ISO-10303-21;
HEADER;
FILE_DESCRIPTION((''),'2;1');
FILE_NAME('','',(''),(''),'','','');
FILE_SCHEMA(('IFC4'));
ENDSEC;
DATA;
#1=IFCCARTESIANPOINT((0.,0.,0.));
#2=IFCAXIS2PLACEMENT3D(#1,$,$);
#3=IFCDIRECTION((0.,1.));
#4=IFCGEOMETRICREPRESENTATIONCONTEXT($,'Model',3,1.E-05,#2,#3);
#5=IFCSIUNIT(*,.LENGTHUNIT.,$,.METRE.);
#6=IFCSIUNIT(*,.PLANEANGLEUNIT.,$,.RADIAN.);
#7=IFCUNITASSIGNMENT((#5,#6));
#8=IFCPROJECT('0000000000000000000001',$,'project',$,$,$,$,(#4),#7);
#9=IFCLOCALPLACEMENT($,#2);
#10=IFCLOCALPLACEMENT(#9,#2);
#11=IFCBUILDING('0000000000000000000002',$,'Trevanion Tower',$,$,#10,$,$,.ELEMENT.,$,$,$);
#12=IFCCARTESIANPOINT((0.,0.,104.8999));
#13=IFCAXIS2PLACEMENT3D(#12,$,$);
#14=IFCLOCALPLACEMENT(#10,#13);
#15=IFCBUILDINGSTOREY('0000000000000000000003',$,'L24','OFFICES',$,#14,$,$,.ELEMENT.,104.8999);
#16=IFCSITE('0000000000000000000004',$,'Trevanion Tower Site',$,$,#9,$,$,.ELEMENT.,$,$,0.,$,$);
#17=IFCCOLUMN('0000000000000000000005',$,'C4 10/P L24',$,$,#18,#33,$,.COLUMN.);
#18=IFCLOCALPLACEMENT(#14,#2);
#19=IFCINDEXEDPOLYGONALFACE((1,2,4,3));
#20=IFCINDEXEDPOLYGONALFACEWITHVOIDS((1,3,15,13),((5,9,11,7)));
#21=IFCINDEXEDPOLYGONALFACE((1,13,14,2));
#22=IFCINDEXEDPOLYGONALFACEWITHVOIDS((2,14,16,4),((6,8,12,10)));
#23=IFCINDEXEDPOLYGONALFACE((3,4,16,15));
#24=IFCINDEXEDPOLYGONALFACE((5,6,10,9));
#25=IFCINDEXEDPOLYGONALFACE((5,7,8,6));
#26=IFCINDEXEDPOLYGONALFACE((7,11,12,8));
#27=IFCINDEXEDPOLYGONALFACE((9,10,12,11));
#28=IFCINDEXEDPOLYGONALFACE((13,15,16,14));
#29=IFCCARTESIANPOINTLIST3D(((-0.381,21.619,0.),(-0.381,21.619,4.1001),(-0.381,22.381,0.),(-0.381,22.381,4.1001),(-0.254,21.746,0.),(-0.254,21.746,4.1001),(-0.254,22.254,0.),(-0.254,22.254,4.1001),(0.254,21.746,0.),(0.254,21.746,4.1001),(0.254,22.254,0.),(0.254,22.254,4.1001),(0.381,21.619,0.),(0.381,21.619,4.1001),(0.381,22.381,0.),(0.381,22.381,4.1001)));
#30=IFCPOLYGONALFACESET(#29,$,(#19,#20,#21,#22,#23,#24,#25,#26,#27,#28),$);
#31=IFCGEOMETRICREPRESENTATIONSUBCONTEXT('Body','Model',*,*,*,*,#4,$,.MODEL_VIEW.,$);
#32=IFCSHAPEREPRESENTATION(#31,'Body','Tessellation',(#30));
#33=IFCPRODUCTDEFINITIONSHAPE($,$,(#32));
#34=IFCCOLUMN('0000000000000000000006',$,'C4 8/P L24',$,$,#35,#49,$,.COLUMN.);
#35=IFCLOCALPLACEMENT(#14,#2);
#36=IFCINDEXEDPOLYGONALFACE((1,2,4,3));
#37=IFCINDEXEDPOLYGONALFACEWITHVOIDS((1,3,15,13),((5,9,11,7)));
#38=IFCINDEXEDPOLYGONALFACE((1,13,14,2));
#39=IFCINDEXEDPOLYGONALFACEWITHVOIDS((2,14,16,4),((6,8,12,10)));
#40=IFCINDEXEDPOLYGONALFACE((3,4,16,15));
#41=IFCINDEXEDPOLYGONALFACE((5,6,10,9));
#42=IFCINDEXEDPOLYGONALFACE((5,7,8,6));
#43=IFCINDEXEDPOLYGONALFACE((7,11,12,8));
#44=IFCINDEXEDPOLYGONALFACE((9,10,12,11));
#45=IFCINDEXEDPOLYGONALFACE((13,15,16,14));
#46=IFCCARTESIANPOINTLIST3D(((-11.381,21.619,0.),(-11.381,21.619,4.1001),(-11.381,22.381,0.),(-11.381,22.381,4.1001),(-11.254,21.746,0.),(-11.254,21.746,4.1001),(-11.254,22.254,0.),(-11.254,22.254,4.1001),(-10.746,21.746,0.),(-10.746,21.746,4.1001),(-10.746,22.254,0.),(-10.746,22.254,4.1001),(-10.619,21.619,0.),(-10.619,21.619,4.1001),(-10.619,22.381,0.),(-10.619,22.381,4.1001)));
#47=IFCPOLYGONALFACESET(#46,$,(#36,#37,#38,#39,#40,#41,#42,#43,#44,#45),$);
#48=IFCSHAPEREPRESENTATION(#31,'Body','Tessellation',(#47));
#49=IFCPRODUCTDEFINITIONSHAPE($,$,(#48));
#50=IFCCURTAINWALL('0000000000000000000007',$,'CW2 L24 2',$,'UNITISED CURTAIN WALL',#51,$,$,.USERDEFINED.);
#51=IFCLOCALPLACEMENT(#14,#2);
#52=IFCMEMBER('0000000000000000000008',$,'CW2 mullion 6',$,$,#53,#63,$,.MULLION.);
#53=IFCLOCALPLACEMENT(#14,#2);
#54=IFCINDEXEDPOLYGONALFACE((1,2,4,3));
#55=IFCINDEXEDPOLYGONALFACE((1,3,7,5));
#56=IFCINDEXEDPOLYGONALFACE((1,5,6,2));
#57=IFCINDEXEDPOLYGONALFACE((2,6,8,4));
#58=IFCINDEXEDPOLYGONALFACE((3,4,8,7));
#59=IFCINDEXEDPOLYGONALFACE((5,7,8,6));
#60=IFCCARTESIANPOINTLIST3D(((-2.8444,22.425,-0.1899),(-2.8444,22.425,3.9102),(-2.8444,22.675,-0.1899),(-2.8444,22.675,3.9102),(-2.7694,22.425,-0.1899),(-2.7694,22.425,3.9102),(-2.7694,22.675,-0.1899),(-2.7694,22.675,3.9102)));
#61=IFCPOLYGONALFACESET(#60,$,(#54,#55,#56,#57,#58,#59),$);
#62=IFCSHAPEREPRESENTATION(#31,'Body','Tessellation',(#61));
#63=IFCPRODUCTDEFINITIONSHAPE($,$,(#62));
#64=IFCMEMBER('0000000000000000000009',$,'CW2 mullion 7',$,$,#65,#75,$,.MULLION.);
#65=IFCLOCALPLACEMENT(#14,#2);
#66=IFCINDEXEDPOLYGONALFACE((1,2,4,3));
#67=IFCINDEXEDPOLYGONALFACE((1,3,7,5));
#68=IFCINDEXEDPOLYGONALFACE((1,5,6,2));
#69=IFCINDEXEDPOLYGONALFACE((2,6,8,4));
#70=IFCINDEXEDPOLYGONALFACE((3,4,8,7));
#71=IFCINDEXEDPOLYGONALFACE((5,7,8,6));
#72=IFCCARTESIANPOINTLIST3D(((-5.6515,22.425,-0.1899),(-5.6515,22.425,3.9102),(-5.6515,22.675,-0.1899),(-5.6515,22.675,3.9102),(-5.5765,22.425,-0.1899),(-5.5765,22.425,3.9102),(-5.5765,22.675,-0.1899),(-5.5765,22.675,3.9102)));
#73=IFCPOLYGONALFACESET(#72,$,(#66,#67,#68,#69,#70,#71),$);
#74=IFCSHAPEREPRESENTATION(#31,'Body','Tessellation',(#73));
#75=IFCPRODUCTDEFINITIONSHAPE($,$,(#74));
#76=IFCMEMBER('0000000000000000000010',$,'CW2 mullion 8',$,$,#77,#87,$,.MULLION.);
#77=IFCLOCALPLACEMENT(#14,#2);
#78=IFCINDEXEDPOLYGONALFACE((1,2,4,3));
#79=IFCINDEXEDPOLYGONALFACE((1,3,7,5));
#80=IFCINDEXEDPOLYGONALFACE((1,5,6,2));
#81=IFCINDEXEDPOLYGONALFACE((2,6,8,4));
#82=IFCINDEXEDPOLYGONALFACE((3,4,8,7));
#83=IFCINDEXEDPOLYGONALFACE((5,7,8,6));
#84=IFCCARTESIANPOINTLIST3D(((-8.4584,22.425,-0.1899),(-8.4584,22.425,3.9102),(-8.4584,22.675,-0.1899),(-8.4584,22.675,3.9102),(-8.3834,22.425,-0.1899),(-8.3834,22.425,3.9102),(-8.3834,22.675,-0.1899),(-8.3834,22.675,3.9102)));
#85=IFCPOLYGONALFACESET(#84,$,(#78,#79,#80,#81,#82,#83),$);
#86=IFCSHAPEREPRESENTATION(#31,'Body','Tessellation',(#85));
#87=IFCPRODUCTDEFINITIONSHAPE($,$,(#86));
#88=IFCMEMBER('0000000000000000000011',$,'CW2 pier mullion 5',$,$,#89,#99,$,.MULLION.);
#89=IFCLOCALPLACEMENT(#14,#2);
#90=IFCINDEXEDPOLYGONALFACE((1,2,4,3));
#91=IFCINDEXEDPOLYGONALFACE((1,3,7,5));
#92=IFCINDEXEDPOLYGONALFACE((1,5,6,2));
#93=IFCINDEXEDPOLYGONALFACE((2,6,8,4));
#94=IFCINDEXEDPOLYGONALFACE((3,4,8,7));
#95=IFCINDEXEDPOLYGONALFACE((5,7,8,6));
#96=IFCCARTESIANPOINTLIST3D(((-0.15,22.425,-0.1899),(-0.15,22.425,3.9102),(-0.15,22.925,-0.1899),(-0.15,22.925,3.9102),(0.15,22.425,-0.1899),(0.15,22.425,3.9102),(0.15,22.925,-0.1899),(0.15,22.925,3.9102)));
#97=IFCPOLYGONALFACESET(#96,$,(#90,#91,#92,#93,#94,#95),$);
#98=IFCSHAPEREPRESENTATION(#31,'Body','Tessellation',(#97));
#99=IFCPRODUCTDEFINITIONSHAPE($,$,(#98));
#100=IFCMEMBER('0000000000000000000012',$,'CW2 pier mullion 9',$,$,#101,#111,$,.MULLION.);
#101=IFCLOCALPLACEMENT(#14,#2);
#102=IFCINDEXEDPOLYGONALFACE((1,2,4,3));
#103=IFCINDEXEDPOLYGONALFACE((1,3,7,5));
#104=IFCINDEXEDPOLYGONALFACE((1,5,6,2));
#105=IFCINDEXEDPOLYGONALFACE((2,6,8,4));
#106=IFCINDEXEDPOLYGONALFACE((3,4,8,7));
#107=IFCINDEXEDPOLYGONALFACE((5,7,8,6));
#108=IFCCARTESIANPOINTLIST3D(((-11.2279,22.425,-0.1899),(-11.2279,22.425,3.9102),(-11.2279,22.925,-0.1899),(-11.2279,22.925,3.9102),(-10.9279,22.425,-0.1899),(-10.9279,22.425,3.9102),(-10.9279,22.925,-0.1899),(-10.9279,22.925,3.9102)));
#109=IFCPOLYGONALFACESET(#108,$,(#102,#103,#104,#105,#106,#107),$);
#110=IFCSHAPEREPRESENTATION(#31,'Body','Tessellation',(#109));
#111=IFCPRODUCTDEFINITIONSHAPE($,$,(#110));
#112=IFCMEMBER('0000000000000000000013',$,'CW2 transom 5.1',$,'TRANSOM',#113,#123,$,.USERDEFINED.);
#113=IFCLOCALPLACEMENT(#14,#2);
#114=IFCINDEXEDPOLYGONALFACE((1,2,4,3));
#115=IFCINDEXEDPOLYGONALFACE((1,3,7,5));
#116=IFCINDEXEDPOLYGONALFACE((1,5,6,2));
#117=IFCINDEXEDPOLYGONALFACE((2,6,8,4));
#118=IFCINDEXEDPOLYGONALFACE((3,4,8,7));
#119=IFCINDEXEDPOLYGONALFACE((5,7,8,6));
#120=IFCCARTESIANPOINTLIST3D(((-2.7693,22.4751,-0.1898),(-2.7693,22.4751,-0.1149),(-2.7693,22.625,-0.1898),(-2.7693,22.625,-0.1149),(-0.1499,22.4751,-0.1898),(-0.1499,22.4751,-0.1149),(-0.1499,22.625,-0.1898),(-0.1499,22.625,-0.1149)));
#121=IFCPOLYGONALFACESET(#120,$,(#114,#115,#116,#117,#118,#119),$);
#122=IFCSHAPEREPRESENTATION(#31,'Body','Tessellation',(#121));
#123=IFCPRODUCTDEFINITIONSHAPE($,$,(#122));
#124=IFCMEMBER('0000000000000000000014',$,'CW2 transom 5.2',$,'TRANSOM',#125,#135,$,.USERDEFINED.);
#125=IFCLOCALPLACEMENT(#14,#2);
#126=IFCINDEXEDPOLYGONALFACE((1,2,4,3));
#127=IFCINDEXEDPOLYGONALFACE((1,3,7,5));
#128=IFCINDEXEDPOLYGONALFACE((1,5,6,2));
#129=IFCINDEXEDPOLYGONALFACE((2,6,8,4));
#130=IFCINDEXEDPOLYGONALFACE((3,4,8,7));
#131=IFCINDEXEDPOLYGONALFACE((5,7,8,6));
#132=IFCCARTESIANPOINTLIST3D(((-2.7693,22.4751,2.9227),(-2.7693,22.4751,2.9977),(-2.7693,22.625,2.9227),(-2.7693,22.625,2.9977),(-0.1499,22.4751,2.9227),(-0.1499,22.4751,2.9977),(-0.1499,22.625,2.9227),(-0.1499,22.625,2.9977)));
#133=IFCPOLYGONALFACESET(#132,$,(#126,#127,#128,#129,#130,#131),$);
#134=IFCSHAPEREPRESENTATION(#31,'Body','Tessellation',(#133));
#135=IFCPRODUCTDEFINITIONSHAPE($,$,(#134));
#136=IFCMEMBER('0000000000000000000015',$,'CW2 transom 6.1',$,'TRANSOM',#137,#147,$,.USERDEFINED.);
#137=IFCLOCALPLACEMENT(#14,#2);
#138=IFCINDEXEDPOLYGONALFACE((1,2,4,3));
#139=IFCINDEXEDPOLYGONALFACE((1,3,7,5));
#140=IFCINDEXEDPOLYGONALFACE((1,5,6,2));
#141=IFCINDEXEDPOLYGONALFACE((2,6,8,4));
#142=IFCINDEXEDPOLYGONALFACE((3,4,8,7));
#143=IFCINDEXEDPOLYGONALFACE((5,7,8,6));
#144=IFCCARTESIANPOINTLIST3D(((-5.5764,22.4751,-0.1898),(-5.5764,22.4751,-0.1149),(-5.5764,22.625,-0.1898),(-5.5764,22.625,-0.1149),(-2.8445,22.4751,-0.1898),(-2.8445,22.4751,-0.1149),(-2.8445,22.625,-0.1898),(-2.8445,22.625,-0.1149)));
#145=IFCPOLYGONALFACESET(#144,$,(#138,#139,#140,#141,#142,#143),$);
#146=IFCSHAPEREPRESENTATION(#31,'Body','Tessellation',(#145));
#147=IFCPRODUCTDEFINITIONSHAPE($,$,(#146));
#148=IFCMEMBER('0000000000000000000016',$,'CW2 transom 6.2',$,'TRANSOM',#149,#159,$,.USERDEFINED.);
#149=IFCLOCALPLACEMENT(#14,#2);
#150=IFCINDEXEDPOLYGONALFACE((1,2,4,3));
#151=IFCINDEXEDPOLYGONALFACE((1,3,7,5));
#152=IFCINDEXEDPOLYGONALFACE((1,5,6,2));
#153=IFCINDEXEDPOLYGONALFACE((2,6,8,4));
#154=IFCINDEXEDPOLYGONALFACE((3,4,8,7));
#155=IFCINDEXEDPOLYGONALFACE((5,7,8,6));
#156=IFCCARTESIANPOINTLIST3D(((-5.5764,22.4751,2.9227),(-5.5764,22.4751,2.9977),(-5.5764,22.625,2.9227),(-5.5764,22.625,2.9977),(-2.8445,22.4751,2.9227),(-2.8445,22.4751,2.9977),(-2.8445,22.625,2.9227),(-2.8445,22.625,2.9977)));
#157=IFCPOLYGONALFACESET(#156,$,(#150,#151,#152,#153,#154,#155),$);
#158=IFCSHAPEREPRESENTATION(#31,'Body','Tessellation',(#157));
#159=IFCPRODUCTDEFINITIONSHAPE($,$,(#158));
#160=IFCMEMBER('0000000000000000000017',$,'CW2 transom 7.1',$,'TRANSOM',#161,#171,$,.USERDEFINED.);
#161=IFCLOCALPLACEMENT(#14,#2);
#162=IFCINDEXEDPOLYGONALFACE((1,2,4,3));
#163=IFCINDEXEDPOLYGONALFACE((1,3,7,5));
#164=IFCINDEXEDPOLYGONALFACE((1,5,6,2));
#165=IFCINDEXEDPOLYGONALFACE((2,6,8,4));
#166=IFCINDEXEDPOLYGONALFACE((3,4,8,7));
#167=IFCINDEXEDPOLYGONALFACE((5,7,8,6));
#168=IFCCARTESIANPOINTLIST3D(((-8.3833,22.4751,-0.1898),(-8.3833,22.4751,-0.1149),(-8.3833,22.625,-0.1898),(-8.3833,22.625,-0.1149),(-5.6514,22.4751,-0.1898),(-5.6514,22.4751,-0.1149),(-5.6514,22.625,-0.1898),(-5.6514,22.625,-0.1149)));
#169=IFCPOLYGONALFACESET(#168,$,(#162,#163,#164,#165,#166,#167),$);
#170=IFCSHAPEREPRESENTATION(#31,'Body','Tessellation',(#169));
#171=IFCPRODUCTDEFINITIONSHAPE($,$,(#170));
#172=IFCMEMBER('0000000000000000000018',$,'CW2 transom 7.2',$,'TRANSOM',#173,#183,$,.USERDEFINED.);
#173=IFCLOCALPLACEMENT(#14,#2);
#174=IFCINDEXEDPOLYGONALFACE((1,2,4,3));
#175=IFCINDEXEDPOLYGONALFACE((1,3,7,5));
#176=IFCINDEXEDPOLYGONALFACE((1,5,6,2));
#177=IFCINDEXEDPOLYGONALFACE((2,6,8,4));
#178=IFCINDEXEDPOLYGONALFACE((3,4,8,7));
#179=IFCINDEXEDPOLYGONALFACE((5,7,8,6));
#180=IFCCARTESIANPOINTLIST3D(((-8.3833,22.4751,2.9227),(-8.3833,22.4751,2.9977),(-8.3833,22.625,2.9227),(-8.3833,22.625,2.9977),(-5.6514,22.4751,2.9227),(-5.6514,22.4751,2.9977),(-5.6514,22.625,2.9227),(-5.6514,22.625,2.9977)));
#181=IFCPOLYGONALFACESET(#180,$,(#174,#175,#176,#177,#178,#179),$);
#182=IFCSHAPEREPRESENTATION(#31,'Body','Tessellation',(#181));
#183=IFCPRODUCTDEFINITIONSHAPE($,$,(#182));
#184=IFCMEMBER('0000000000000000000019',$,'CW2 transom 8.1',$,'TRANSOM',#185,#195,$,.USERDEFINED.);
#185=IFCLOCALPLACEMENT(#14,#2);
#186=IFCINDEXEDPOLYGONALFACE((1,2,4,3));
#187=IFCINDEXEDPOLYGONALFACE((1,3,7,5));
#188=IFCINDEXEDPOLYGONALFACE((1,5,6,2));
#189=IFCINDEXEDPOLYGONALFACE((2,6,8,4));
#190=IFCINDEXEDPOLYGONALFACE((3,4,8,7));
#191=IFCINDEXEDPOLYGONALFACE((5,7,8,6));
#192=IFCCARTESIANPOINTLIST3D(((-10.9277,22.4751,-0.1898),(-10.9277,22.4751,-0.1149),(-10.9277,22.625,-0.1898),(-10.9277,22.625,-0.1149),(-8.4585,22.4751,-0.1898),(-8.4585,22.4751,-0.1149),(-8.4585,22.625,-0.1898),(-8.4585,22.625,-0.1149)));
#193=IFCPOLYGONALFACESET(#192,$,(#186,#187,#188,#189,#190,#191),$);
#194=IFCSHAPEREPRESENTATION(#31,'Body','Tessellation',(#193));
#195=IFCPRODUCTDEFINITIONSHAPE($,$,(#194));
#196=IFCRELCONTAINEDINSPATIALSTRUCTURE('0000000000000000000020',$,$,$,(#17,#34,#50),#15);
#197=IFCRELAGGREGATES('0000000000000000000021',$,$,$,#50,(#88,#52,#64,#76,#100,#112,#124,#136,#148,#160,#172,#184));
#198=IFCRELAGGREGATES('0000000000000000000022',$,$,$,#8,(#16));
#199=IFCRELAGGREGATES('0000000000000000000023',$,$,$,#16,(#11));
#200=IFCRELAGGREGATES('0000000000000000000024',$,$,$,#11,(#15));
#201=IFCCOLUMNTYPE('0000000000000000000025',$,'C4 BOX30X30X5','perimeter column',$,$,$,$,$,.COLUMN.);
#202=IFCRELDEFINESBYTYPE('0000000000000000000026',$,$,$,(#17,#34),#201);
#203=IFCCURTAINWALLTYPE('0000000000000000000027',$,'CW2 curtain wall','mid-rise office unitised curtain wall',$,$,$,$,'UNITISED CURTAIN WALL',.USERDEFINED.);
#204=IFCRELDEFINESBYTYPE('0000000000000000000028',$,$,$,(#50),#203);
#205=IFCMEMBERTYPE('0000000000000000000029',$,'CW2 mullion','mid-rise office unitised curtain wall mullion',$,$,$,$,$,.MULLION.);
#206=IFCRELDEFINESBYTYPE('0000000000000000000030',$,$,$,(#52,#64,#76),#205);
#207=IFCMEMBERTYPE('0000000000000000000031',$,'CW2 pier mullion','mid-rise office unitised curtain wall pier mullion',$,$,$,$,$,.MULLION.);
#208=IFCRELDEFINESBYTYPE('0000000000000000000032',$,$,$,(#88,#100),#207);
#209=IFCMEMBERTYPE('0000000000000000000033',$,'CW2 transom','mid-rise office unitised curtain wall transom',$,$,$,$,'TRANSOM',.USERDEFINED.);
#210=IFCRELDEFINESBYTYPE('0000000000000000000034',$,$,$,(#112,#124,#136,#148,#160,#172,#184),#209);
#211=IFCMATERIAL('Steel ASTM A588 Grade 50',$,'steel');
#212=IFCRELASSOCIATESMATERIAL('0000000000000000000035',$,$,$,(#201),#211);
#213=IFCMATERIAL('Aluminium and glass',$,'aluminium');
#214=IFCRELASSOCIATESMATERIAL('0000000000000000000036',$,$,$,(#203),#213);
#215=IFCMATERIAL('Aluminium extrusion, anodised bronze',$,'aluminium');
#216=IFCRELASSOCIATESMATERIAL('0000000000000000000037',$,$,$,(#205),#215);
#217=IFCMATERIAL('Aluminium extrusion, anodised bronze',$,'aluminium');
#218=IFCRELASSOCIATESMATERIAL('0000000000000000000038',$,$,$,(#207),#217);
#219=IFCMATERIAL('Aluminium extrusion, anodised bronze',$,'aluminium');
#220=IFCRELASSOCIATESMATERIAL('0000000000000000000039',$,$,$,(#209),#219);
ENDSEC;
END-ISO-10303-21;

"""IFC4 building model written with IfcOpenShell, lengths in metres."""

from ifc_helpers import new_model, si_unit, direction, frame, origin, origin_2d, place, context, subcontext, project, spatial, rectangle, hollow_rectangle, extrude, material, material_profile, profile_set, type_object, element, aggregate, save


model = new_model("IFC4")

# Units and contexts
model_context = context("Model", 3, precision=1e-05, world=origin(), true_north=direction((0.0, 1.0)))
body_context = subcontext(model_context, "Body", "Model", "MODEL_VIEW")
ifc_project = project(units=[si_unit("LENGTHUNIT", "METRE"), si_unit("PLANEANGLEUNIT", "RADIAN")], contexts=[model_context])

# Site, building, storey
site_placement = place(None, origin())
site = spatial("IfcSite", under=ifc_project, at=site_placement, Name="Trevanion Tower Site", CompositionType="ELEMENT", RefElevation=0.0)
building_placement = place(site_placement, origin())
building = spatial("IfcBuilding", under=site, at=building_placement, Name="Trevanion Tower", CompositionType="ELEMENT")
storey_placement = place(building_placement, frame((0.0, 0.0, 104.8999)))
storey = spatial("IfcBuildingStorey", under=building, at=storey_placement, Name="L24", Description="OFFICES", CompositionType="ELEMENT", Elevation=104.8999)

# Columns
ifc_material_1 = material(Name="Steel ASTM A588 Grade 50", Category="steel")
ifc_material_profile_1 = material_profile(ifc_material_1, hollow_rectangle(XDim=0.762, YDim=0.762, WallThickness=0.127, at=origin_2d()), Name="BOX30X30X5")
ifc_profile_set_1 = profile_set([ifc_material_profile_1], Name="Steel ASTM A588 Grade 50")
column_type = type_object("IfcColumnType", Name="C4 BOX30X30X5", Description="perimeter column", PredefinedType="COLUMN", material=ifc_profile_set_1)
for number, where, z_axis, x_axis, name in (
    (1, (0.0, 22.0, 0.0), (0.0, 0.0, 1.0), (1.0, 0.0, 0.0), "C4 10/P L24"),
    (2, (-11.0, 22.0, 0.0), (0.0, 0.0, 1.0), (1.0, 0.0, 0.0), "C4 8/P L24"),
):
    element("IfcColumn", number, at=place(storey_placement, frame(where, z_axis=z_axis, x_axis=x_axis)), inside=storey, type_object=column_type, Name=name, PredefinedType="COLUMN", context=body_context, shape_type="SweptSolid", body=[
        extrude(hollow_rectangle(XDim=0.762, YDim=0.762, WallThickness=0.127, at=origin_2d()), origin(), (0.0, 0.0, 1.0), 4.1001),
    ])

# Curtain wall, members
ifc_material_2 = material(Name="Aluminium and glass", Category="aluminium")
curtain_wall_type = type_object("IfcCurtainWallType", Name="CW2 curtain wall", Description="mid-rise office unitised curtain wall", ElementType="UNITISED CURTAIN WALL", PredefinedType="USERDEFINED", material=ifc_material_2)
curtain_wall_placement = place(storey_placement, origin())
curtain_wall = element("IfcCurtainWall", 3, at=curtain_wall_placement, inside=storey, type_object=curtain_wall_type, Name="CW2 L24 2", ObjectType="UNITISED CURTAIN WALL", PredefinedType="USERDEFINED")
ifc_material_3 = material(Name="Aluminium extrusion, anodised bronze", Category="aluminium")
ifc_material_profile_2 = material_profile(ifc_material_3, rectangle(XDim=0.075, YDim=0.25, at=origin_2d()), Name="CW2 mullion")
ifc_profile_set_2 = profile_set([ifc_material_profile_2], Name="Aluminium extrusion, anodised bronze")
member_type_1 = type_object("IfcMemberType", Name="CW2 mullion", Description="mid-rise office unitised curtain wall mullion", PredefinedType="MULLION", material=ifc_profile_set_2)
member_1_placement = place(storey_placement, frame((-2.8069, 22.55, -0.1899), z_axis=(0.0, 0.0, 1.0), x_axis=(-1.0, 0.0, 0.0)))
member_1 = element("IfcMember", 4, at=member_1_placement, type_object=member_type_1, Name="CW2 mullion 6", PredefinedType="MULLION", context=body_context, shape_type="SweptSolid", body=[
    extrude(rectangle(XDim=0.075, YDim=0.25, at=origin_2d()), origin(), (0.0, 0.0, 1.0), 4.1001),
])
member_2_placement = place(storey_placement, frame((-5.614, 22.55, -0.1899), z_axis=(0.0, 0.0, 1.0), x_axis=(-1.0, 0.0, 0.0)))
member_2 = element("IfcMember", 5, at=member_2_placement, type_object=member_type_1, Name="CW2 mullion 7", PredefinedType="MULLION", context=body_context, shape_type="SweptSolid", body=[
    extrude(rectangle(XDim=0.075, YDim=0.25, at=origin_2d()), origin(), (0.0, 0.0, 1.0), 4.1001),
])
member_3_placement = place(storey_placement, frame((-8.4209, 22.55, -0.1899), z_axis=(0.0, 0.0, 1.0), x_axis=(-1.0, 0.0, 0.0)))
member_3 = element("IfcMember", 6, at=member_3_placement, type_object=member_type_1, Name="CW2 mullion 8", PredefinedType="MULLION", context=body_context, shape_type="SweptSolid", body=[
    extrude(rectangle(XDim=0.075, YDim=0.25, at=origin_2d()), origin(), (0.0, 0.0, 1.0), 4.1001),
])
ifc_material_4 = material(Name="Aluminium extrusion, anodised bronze", Category="aluminium")
ifc_material_profile_3 = material_profile(ifc_material_4, rectangle(XDim=0.3, YDim=0.5, at=origin_2d()), Name="CW2 pier mullion")
ifc_profile_set_3 = profile_set([ifc_material_profile_3], Name="Aluminium extrusion, anodised bronze")
member_type_2 = type_object("IfcMemberType", Name="CW2 pier mullion", Description="mid-rise office unitised curtain wall pier mullion", PredefinedType="MULLION", material=ifc_profile_set_3)
member_4_placement = place(storey_placement, frame((0.0, 22.675, -0.1899), z_axis=(0.0, 0.0, 1.0), x_axis=(-1.0, 0.0, 0.0)))
member_4 = element("IfcMember", 7, at=member_4_placement, type_object=member_type_2, Name="CW2 pier mullion 5", PredefinedType="MULLION", context=body_context, shape_type="SweptSolid", body=[
    extrude(rectangle(XDim=0.3, YDim=0.5, at=origin_2d()), origin(), (0.0, 0.0, 1.0), 4.1001),
])
member_5_placement = place(storey_placement, frame((-11.0779, 22.675, -0.1899), z_axis=(0.0, 0.0, 1.0), x_axis=(-1.0, 0.0, 0.0)))
member_5 = element("IfcMember", 8, at=member_5_placement, type_object=member_type_2, Name="CW2 pier mullion 9", PredefinedType="MULLION", context=body_context, shape_type="SweptSolid", body=[
    extrude(rectangle(XDim=0.3, YDim=0.5, at=origin_2d()), origin(), (0.0, 0.0, 1.0), 4.1001),
])
ifc_material_5 = material(Name="Aluminium extrusion, anodised bronze", Category="aluminium")
ifc_material_profile_4 = material_profile(ifc_material_5, rectangle(XDim=0.1499, YDim=0.075, at=origin_2d()), Name="CW2 transom")
ifc_profile_set_4 = profile_set([ifc_material_profile_4], Name="Aluminium extrusion, anodised bronze")
member_type_3 = type_object("IfcMemberType", Name="CW2 transom", Description="mid-rise office unitised curtain wall transom", ElementType="TRANSOM", PredefinedType="USERDEFINED", material=ifc_profile_set_4)
member_6_placement = place(storey_placement, frame((-0.1499, 22.55, -0.1523), z_axis=(-1.0, 0.0, 0.0), x_axis=(0.0, -1.0, 0.0)))
member_6 = element("IfcMember", 9, at=member_6_placement, type_object=member_type_3, Name="CW2 transom 5.1", ObjectType="TRANSOM", PredefinedType="USERDEFINED", context=body_context, shape_type="SweptSolid", body=[
    extrude(rectangle(XDim=0.1499, YDim=0.075, at=origin_2d()), origin(), (0.0, 0.0, 1.0), 2.6194),
])
member_7_placement = place(storey_placement, frame((-0.1499, 22.55, 2.9602), z_axis=(-1.0, 0.0, 0.0), x_axis=(0.0, -1.0, 0.0)))
member_7 = element("IfcMember", 10, at=member_7_placement, type_object=member_type_3, Name="CW2 transom 5.2", ObjectType="TRANSOM", PredefinedType="USERDEFINED", context=body_context, shape_type="SweptSolid", body=[
    extrude(rectangle(XDim=0.1499, YDim=0.075, at=origin_2d()), origin(), (0.0, 0.0, 1.0), 2.6194),
])
member_8_placement = place(storey_placement, frame((-2.8445, 22.55, -0.1523), z_axis=(-1.0, 0.0, 0.0), x_axis=(0.0, -1.0, 0.0)))
member_8 = element("IfcMember", 11, at=member_8_placement, type_object=member_type_3, Name="CW2 transom 6.1", ObjectType="TRANSOM", PredefinedType="USERDEFINED", context=body_context, shape_type="SweptSolid", body=[
    extrude(rectangle(XDim=0.1499, YDim=0.075, at=origin_2d()), origin(), (0.0, 0.0, 1.0), 2.7319),
])
member_9_placement = place(storey_placement, frame((-2.8445, 22.55, 2.9602), z_axis=(-1.0, 0.0, 0.0), x_axis=(0.0, -1.0, 0.0)))
member_9 = element("IfcMember", 12, at=member_9_placement, type_object=member_type_3, Name="CW2 transom 6.2", ObjectType="TRANSOM", PredefinedType="USERDEFINED", context=body_context, shape_type="SweptSolid", body=[
    extrude(rectangle(XDim=0.1499, YDim=0.075, at=origin_2d()), origin(), (0.0, 0.0, 1.0), 2.7319),
])
member_10_placement = place(storey_placement, frame((-5.6514, 22.55, -0.1523), z_axis=(-1.0, 0.0, 0.0), x_axis=(0.0, -1.0, 0.0)))
member_10 = element("IfcMember", 13, at=member_10_placement, type_object=member_type_3, Name="CW2 transom 7.1", ObjectType="TRANSOM", PredefinedType="USERDEFINED", context=body_context, shape_type="SweptSolid", body=[
    extrude(rectangle(XDim=0.1499, YDim=0.075, at=origin_2d()), origin(), (0.0, 0.0, 1.0), 2.7319),
])
member_11_placement = place(storey_placement, frame((-5.6514, 22.55, 2.9602), z_axis=(-1.0, 0.0, 0.0), x_axis=(0.0, -1.0, 0.0)))
member_11 = element("IfcMember", 14, at=member_11_placement, type_object=member_type_3, Name="CW2 transom 7.2", ObjectType="TRANSOM", PredefinedType="USERDEFINED", context=body_context, shape_type="SweptSolid", body=[
    extrude(rectangle(XDim=0.1499, YDim=0.075, at=origin_2d()), origin(), (0.0, 0.0, 1.0), 2.7319),
])
member_12_placement = place(storey_placement, frame((-8.4585, 22.55, -0.1523), z_axis=(-1.0, 0.0, 0.0), x_axis=(0.0, -1.0, 0.0)))
member_12 = element("IfcMember", 15, at=member_12_placement, type_object=member_type_3, Name="CW2 transom 8.1", ObjectType="TRANSOM", PredefinedType="USERDEFINED", context=body_context, shape_type="SweptSolid", body=[
    extrude(rectangle(XDim=0.1499, YDim=0.075, at=origin_2d()), origin(), (0.0, 0.0, 1.0), 2.4692),
])

aggregate(curtain_wall, [member_4, member_1, member_2, member_3, member_5, member_6, member_7, member_8, member_9, member_10, member_11, member_12])

save(model, "model.ifc")
